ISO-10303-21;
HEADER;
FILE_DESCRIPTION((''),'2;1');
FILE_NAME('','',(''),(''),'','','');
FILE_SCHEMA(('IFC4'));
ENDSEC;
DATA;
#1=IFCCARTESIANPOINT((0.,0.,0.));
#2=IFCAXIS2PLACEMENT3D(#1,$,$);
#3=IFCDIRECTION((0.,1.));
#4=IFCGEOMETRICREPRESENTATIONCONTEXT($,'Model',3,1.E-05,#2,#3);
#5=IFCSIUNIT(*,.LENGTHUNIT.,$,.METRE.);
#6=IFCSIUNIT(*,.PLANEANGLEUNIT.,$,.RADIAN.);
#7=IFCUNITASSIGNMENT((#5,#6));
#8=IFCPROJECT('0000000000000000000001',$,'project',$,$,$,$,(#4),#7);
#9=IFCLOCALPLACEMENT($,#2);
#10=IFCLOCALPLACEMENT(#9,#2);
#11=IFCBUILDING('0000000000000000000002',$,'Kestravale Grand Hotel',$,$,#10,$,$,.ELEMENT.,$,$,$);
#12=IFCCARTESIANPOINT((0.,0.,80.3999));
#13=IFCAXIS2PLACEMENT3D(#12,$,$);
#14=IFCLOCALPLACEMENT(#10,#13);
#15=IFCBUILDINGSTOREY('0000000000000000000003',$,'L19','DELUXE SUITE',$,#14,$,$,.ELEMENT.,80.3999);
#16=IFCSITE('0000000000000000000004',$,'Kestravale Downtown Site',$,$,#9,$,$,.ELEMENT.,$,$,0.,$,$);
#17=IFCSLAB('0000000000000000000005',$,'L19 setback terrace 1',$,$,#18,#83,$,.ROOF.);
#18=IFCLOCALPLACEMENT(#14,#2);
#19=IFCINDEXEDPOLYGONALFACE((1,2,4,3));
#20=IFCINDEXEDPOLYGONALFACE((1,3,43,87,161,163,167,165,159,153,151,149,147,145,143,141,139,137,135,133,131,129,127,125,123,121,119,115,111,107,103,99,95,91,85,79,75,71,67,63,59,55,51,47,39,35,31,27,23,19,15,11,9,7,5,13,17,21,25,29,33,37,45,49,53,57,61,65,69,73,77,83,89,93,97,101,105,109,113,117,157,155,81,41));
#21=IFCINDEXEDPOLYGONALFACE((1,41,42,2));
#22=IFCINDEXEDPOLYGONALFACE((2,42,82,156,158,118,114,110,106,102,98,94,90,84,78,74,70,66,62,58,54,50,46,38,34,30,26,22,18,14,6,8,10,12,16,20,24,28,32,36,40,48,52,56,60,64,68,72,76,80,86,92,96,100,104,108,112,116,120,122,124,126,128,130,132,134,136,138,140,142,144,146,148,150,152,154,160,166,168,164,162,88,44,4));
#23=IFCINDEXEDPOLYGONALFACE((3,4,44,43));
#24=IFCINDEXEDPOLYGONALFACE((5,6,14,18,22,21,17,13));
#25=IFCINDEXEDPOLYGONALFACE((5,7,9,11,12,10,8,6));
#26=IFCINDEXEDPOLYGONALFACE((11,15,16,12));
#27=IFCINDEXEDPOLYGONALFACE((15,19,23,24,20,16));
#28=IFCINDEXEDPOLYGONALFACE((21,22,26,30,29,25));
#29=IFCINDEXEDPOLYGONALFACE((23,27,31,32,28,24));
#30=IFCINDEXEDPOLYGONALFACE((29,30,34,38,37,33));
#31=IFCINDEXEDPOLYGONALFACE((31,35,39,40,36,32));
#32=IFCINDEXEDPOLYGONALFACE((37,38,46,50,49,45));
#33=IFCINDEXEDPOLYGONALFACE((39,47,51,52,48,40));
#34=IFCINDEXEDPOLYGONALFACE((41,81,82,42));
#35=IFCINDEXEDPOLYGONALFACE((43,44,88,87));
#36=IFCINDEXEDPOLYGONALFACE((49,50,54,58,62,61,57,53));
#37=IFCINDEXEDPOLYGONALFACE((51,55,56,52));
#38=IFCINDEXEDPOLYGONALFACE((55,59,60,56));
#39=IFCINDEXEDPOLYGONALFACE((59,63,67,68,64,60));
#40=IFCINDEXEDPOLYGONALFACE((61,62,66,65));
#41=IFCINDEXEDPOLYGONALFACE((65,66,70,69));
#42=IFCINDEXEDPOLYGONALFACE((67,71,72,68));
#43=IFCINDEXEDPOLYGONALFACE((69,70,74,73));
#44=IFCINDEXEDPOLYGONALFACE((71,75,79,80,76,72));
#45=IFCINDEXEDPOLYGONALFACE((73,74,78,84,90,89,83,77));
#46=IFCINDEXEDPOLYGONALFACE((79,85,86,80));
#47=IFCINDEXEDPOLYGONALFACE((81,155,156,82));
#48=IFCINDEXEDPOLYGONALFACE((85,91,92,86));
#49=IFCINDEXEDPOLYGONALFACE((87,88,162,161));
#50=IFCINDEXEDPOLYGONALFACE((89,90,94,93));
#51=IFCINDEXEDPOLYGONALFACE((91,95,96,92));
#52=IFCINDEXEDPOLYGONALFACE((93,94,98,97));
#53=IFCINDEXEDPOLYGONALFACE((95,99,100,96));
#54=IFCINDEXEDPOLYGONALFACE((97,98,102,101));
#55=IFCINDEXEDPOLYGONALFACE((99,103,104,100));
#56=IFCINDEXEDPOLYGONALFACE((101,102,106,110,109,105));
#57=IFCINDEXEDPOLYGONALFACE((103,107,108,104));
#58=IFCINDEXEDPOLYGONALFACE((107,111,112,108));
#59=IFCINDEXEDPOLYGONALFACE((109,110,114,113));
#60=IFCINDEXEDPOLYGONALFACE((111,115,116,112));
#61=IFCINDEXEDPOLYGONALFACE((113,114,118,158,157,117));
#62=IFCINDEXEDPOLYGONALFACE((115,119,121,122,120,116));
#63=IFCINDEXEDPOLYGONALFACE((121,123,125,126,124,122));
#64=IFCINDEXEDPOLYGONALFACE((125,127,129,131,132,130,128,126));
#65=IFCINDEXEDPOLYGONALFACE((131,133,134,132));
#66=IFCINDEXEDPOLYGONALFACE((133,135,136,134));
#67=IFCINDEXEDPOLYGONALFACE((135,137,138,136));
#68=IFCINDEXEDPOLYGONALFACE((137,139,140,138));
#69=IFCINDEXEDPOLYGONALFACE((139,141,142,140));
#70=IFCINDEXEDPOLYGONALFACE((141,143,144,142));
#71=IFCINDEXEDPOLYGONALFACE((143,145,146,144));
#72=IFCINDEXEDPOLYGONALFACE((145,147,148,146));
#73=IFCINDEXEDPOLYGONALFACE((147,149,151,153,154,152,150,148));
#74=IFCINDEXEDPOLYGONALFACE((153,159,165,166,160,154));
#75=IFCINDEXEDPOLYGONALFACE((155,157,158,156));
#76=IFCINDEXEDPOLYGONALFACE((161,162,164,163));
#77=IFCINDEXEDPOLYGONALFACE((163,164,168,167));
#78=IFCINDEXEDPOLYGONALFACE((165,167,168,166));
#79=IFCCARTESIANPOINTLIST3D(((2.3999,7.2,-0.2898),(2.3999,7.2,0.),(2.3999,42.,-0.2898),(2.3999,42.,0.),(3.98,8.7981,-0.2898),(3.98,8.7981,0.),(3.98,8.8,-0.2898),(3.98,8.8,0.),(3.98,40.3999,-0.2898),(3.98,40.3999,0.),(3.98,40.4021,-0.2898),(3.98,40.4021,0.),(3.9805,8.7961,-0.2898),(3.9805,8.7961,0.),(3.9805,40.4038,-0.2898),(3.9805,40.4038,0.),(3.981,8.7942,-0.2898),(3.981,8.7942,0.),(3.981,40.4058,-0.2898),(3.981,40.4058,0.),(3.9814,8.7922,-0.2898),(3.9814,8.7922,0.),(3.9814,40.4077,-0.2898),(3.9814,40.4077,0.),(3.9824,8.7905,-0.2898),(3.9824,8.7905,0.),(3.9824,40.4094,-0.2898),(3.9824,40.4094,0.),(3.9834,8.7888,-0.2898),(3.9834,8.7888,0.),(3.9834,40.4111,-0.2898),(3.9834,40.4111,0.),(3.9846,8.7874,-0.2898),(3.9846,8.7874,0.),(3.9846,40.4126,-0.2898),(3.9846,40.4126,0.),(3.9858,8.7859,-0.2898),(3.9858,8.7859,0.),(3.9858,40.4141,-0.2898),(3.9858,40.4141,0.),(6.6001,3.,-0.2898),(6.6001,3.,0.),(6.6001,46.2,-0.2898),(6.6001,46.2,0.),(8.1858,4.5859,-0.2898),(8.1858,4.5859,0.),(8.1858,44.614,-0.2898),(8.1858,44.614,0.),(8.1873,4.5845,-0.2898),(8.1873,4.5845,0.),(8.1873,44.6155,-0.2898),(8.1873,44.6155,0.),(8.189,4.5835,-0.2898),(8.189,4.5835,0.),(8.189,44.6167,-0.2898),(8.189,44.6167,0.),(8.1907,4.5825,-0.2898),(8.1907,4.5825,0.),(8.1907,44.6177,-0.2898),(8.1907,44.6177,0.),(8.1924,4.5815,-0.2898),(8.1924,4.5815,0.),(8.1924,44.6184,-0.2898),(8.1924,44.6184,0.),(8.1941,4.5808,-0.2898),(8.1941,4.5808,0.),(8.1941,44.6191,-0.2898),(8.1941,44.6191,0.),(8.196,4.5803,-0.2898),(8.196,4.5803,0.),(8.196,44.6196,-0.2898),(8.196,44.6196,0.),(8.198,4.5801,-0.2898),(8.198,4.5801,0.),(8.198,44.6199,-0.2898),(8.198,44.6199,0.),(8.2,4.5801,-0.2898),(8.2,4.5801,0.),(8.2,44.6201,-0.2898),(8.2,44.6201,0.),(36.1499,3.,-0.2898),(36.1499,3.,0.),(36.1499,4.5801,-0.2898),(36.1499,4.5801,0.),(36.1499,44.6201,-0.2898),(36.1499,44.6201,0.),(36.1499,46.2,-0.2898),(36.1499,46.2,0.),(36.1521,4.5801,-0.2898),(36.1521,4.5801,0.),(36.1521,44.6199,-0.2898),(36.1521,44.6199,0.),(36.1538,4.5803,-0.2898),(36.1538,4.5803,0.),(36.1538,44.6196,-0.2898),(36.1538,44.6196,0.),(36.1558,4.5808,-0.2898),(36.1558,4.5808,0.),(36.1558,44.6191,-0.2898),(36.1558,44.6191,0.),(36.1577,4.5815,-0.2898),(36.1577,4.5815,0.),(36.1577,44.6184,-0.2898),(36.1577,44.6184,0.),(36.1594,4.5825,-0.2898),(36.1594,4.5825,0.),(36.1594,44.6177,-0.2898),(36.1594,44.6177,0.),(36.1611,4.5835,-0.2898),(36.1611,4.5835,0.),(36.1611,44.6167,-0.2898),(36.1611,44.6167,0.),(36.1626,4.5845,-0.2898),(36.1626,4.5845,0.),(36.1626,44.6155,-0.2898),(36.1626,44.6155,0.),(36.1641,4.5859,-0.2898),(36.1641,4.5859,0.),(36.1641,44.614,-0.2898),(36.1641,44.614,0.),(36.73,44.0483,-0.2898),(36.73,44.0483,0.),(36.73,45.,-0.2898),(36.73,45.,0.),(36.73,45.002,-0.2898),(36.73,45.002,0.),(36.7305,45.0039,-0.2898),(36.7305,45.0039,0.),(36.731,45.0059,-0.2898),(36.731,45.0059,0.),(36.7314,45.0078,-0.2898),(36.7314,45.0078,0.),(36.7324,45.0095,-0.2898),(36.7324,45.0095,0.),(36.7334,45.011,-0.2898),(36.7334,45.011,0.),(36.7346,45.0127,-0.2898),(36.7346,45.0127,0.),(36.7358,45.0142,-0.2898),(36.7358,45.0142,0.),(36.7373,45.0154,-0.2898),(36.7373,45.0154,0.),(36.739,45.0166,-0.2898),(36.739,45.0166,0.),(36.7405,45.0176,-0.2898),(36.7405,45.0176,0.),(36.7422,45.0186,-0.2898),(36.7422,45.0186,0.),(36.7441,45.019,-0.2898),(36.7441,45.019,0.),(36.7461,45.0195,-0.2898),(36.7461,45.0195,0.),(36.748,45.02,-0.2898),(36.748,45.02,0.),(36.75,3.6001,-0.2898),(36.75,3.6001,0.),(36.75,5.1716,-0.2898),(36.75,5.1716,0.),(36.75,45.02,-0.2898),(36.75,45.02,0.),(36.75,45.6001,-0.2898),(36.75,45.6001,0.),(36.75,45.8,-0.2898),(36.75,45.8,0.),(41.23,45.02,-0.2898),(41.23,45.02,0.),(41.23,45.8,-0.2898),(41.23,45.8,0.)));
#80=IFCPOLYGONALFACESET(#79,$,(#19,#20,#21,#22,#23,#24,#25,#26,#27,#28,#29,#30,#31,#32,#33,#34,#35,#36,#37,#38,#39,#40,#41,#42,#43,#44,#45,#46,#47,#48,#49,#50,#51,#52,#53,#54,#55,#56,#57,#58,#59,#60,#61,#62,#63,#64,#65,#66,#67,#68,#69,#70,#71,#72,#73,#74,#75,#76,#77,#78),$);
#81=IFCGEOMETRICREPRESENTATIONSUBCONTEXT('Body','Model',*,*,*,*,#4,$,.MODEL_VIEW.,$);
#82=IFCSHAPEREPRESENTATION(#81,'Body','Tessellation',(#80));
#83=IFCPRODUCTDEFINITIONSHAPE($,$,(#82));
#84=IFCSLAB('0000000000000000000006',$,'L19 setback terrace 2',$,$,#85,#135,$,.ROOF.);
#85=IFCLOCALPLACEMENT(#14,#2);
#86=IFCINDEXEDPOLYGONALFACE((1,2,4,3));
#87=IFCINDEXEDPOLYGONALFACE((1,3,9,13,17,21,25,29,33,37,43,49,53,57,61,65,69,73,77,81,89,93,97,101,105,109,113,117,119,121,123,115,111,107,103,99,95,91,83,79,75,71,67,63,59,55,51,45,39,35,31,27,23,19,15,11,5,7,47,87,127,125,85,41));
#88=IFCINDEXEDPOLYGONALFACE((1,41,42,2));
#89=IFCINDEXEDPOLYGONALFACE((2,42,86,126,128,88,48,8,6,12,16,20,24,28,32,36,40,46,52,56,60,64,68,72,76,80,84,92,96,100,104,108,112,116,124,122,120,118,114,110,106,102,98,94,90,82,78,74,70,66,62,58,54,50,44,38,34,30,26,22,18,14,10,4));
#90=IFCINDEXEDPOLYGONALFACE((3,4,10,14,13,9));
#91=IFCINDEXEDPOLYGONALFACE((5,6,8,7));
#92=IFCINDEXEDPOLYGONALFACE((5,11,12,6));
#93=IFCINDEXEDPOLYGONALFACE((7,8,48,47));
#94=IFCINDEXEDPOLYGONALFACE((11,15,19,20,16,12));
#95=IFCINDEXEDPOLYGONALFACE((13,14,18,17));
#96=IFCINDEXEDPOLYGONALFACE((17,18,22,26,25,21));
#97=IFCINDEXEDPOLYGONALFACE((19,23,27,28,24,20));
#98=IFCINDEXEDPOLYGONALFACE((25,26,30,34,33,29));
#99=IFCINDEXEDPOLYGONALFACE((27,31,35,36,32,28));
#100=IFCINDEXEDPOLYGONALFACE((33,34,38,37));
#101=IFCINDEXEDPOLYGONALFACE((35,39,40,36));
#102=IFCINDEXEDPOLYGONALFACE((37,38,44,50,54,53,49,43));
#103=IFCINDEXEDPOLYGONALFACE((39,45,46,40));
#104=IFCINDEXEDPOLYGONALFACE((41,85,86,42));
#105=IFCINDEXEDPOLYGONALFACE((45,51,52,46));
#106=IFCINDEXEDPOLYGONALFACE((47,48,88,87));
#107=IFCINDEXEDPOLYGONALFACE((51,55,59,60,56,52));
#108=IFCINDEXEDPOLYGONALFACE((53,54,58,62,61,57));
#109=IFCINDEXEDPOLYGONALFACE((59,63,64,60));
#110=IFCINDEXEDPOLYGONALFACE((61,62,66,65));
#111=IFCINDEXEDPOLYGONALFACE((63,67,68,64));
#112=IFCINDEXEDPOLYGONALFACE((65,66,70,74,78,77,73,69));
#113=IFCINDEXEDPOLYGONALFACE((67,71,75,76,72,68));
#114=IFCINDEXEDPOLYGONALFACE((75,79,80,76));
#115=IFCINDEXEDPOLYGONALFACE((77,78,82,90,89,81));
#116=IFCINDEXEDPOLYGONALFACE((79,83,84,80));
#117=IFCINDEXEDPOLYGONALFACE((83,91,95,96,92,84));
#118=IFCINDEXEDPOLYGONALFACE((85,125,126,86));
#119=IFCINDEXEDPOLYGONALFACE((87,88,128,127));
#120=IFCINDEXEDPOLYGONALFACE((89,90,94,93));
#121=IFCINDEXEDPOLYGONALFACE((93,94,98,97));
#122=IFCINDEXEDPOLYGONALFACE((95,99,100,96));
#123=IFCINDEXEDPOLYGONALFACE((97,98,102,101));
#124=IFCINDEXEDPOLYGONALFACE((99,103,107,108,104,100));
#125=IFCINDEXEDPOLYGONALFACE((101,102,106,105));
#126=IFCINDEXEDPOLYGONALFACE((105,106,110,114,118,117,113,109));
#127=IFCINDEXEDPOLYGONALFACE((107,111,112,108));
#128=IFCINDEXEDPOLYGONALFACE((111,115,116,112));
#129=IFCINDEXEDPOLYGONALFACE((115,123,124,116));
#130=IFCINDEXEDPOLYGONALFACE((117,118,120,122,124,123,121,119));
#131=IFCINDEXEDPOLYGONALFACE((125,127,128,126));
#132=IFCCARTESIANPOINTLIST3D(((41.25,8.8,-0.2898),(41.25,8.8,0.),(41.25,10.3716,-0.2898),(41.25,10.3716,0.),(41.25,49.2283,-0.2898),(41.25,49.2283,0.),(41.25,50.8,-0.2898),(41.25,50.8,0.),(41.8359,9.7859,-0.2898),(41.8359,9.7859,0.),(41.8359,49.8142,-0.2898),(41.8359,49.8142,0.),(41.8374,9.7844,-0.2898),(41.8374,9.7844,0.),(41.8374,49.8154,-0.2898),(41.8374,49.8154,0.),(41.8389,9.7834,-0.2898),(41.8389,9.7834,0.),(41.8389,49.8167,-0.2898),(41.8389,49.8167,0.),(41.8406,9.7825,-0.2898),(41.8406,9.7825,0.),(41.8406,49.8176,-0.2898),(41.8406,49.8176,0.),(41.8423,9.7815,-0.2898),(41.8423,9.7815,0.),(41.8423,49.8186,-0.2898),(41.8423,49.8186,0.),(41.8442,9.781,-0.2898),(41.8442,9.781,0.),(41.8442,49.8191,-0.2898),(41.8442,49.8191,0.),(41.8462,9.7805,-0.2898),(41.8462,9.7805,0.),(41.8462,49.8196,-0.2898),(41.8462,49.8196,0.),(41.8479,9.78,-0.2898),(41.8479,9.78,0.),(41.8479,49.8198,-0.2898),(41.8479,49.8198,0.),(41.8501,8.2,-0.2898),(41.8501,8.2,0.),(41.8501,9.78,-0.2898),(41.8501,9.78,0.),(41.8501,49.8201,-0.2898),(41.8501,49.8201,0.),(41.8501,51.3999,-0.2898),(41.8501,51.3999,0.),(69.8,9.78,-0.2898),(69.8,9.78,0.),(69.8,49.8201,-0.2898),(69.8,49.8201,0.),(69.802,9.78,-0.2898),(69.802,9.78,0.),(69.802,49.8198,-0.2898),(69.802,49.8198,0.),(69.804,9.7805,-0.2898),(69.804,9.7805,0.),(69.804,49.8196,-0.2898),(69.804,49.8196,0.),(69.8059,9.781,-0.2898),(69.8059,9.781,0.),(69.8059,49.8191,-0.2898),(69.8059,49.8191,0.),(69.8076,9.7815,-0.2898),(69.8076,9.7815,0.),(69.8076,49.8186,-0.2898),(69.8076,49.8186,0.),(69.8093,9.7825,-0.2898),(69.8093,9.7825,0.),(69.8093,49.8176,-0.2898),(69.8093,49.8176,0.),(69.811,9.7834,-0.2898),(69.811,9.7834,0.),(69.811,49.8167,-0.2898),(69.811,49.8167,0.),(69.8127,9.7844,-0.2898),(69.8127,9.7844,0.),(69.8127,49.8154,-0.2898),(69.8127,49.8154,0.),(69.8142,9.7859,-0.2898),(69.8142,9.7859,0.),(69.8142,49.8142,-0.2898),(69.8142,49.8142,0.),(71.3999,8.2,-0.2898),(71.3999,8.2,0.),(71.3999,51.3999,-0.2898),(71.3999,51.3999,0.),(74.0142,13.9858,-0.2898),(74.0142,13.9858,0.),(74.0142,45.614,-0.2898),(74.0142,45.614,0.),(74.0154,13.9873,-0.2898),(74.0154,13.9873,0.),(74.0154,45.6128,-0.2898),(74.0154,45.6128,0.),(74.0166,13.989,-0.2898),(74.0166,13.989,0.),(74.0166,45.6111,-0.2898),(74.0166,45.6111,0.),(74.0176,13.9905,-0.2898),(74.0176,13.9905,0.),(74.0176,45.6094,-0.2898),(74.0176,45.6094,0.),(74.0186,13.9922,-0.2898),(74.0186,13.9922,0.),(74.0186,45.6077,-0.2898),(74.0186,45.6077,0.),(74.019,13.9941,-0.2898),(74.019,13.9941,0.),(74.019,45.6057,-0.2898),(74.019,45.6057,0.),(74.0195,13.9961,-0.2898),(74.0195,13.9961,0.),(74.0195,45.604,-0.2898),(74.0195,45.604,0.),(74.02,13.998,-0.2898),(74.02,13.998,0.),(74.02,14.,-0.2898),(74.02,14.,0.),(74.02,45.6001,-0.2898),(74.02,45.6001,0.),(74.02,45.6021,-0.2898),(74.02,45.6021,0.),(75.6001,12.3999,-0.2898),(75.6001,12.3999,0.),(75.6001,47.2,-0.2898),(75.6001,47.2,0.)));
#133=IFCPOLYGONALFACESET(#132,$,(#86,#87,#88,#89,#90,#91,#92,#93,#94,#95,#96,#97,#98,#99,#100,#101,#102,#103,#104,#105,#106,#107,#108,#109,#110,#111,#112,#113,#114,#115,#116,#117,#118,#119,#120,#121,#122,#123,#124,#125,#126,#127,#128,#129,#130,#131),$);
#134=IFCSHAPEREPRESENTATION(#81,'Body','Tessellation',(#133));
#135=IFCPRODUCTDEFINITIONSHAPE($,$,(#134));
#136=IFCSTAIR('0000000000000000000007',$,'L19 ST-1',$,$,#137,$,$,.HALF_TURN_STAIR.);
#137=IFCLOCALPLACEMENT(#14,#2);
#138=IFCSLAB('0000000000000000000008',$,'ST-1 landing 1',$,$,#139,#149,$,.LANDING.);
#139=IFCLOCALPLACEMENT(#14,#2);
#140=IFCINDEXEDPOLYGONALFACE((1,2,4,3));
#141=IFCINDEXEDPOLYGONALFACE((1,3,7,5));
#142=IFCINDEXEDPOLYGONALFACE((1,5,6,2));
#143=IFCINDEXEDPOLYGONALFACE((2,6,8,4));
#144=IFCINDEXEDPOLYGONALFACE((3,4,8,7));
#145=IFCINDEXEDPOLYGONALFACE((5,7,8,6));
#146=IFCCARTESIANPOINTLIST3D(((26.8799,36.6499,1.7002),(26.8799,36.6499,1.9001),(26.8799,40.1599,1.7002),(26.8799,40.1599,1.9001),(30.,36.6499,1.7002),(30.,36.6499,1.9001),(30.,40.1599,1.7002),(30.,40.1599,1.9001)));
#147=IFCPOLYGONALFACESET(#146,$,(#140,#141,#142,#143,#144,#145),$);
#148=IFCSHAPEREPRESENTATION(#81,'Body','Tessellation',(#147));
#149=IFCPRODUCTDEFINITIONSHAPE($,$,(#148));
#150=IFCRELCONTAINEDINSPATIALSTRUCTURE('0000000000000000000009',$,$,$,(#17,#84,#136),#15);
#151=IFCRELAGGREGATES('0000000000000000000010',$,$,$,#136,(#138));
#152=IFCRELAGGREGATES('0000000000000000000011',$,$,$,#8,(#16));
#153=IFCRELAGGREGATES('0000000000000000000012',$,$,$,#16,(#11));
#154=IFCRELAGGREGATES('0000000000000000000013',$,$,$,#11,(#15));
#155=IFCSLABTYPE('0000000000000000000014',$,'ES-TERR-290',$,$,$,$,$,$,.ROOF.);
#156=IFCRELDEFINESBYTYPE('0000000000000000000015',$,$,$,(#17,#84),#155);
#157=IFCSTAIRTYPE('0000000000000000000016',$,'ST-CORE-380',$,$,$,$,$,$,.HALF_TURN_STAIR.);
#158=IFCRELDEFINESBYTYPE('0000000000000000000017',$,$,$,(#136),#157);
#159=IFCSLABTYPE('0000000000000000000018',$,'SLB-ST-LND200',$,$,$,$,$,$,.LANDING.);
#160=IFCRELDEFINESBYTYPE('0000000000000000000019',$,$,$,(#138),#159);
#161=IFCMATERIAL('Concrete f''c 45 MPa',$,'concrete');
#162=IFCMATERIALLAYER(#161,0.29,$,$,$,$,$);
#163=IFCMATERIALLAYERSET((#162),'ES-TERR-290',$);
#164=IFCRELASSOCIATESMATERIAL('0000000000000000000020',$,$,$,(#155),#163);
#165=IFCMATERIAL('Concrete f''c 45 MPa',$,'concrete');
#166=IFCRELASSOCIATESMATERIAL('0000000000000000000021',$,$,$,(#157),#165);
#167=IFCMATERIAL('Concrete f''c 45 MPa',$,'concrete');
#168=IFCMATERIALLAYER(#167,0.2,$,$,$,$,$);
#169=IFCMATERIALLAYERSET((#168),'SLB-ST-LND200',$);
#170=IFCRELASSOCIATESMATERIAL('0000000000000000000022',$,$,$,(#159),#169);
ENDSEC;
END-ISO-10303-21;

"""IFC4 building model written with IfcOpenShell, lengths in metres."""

from ifc_helpers import new_model, si_unit, direction, frame, origin, place, context, subcontext, project, spatial, polyline, outline, extrude, material, layer, layer_set, type_object, element, aggregate, save


model = new_model("IFC4")

# Units and contexts
model_context = context("Model", 3, precision=1e-05, world=origin(), true_north=direction((0.0, 1.0)))
body_context = subcontext(model_context, "Body", "Model", "MODEL_VIEW")
ifc_project = project(units=[si_unit("LENGTHUNIT", "METRE"), si_unit("PLANEANGLEUNIT", "RADIAN")], contexts=[model_context])

# Site, building, storey
site_placement = place(None, origin())
site = spatial("IfcSite", under=ifc_project, at=site_placement, Name="Kestravale Downtown Site", CompositionType="ELEMENT", RefElevation=0.0)
building_placement = place(site_placement, origin())
building = spatial("IfcBuilding", under=site, at=building_placement, Name="Kestravale Grand Hotel", CompositionType="ELEMENT")
storey_placement = place(building_placement, frame((0.0, 0.0, 80.3999)))
storey = spatial("IfcBuildingStorey", under=building, at=storey_placement, Name="L19", Description="DELUXE SUITE", CompositionType="ELEMENT", Elevation=80.3999)

# Slabs
ifc_material_1 = material(Name="Concrete f'c 45 MPa", Category="concrete")
ifc_layer_1 = layer(ifc_material_1, 0.29)
ifc_layer_set_1 = layer_set([ifc_layer_1], Name="ES-TERR-290")
slab_type_1 = type_object("IfcSlabType", Name="ES-TERR-290", PredefinedType="ROOF", material=ifc_layer_set_1)
slab_1_placement = place(storey_placement, frame((0.0, 0.0, -0.2898)))
element("IfcSlab", 1, at=slab_1_placement, inside=storey, type_object=slab_type_1, Name="L19 setback terrace 1", PredefinedType="ROOF", context=body_context, shape_type="SweptSolid", body=[
    extrude(outline(polyline([(36.75, 3.6001), (36.1499, 3.0), (6.6001, 3.0), (2.3999, 7.2), (2.3999, 42.0), (6.6001, 46.2), (36.1499, 46.2), (36.75, 45.6001), (36.75, 45.8), (41.23, 45.8), (41.23, 45.02), (36.75, 45.02), (36.748, 45.02), (36.7461, 45.0195), (36.7441, 45.019), (36.7422, 45.0186), (36.7405, 45.0176), (36.739, 45.0166), (36.7373, 45.0154), (36.7358, 45.0142), (36.7346, 45.0127), (36.7334, 45.011), (36.7324, 45.0095), (36.7314, 45.0078), (36.731, 45.0059), (36.7305, 45.0039), (36.73, 45.002), (36.73, 45.0), (36.73, 44.0483), (36.1641, 44.614), (36.1626, 44.6155), (36.1611, 44.6167), (36.1594, 44.6177), (36.1577, 44.6184), (36.1558, 44.6191), (36.1538, 44.6196), (36.1521, 44.6199), (36.1499, 44.6201), (8.2, 44.6201), (8.198, 44.6199), (8.196, 44.6196), (8.1941, 44.6191), (8.1924, 44.6184), (8.1907, 44.6177), (8.189, 44.6167), (8.1873, 44.6155), (8.1858, 44.614), (3.9858, 40.4141), (3.9846, 40.4126), (3.9834, 40.4111), (3.9824, 40.4094), (3.9814, 40.4077), (3.981, 40.4058), (3.9805, 40.4038), (3.98, 40.4021), (3.98, 40.3999), (3.98, 8.8), (3.98, 8.7981), (3.9805, 8.7961), (3.981, 8.7942), (3.9814, 8.7922), (3.9824, 8.7905), (3.9834, 8.7888), (3.9846, 8.7874), (3.9858, 8.7859), (8.1858, 4.5859), (8.1873, 4.5845), (8.189, 4.5835), (8.1907, 4.5825), (8.1924, 4.5815), (8.1941, 4.5808), (8.196, 4.5803), (8.198, 4.5801), (8.2, 4.5801), (36.1499, 4.5801), (36.1521, 4.5801), (36.1538, 4.5803), (36.1558, 4.5808), (36.1577, 4.5815), (36.1594, 4.5825), (36.1611, 4.5835), (36.1626, 4.5845), (36.1641, 4.5859), (36.75, 5.1716), (36.75, 3.6001)])), origin(), (0.0, 0.0, 1.0), 0.2898),
])
slab_2_placement = place(storey_placement, frame((0.0, 0.0, -0.2898)))
element("IfcSlab", 2, at=slab_2_placement, inside=storey, type_object=slab_type_1, Name="L19 setback terrace 2", PredefinedType="ROOF", context=body_context, shape_type="SweptSolid", body=[
    extrude(outline(polyline([(41.25, 50.8), (41.8501, 51.3999), (71.3999, 51.3999), (75.6001, 47.2), (75.6001, 12.3999), (71.3999, 8.2), (41.8501, 8.2), (41.25, 8.8), (41.25, 10.3716), (41.8359, 9.7859), (41.8374, 9.7844), (41.8389, 9.7834), (41.8406, 9.7825), (41.8423, 9.7815), (41.8442, 9.781), (41.8462, 9.7805), (41.8479, 9.78), (41.8501, 9.78), (69.8, 9.78), (69.802, 9.78), (69.804, 9.7805), (69.8059, 9.781), (69.8076, 9.7815), (69.8093, 9.7825), (69.811, 9.7834), (69.8127, 9.7844), (69.8142, 9.7859), (74.0142, 13.9858), (74.0154, 13.9873), (74.0166, 13.989), (74.0176, 13.9905), (74.0186, 13.9922), (74.019, 13.9941), (74.0195, 13.9961), (74.02, 13.998), (74.02, 14.0), (74.02, 45.6001), (74.02, 45.6021), (74.0195, 45.604), (74.019, 45.6057), (74.0186, 45.6077), (74.0176, 45.6094), (74.0166, 45.6111), (74.0154, 45.6128), (74.0142, 45.614), (69.8142, 49.8142), (69.8127, 49.8154), (69.811, 49.8167), (69.8093, 49.8176), (69.8076, 49.8186), (69.8059, 49.8191), (69.804, 49.8196), (69.802, 49.8198), (69.8, 49.8201), (41.8501, 49.8201), (41.8479, 49.8198), (41.8462, 49.8196), (41.8442, 49.8191), (41.8423, 49.8186), (41.8406, 49.8176), (41.8389, 49.8167), (41.8374, 49.8154), (41.8359, 49.8142), (41.25, 49.2283), (41.25, 50.8)])), origin(), (0.0, 0.0, 1.0), 0.2898),
])

# Stair, slab
ifc_material_2 = material(Name="Concrete f'c 45 MPa", Category="concrete")
stair_type = type_object("IfcStairType", Name="ST-CORE-380", PredefinedType="HALF_TURN_STAIR", material=ifc_material_2)
stair_1_placement = place(storey_placement, origin())
stair_1 = element("IfcStair", 3, at=stair_1_placement, inside=storey, type_object=stair_type, Name="L19 ST-1", PredefinedType="HALF_TURN_STAIR")
ifc_material_3 = material(Name="Concrete f'c 45 MPa", Category="concrete")
ifc_layer_2 = layer(ifc_material_3, 0.2)
ifc_layer_set_2 = layer_set([ifc_layer_2], Name="SLB-ST-LND200")
slab_type_2 = type_object("IfcSlabType", Name="SLB-ST-LND200", PredefinedType="LANDING", material=ifc_layer_set_2)
slab_3_placement = place(storey_placement, frame((0.0, 0.0, 1.7002)))
slab_3 = element("IfcSlab", 4, at=slab_3_placement, type_object=slab_type_2, Name="ST-1 landing 1", PredefinedType="LANDING", context=body_context, shape_type="SweptSolid", body=[
    extrude(outline(polyline([(26.8799, 36.6499), (30.0, 36.6499), (30.0, 40.1599), (26.8799, 40.1599), (26.8799, 36.6499)])), origin(), (0.0, 0.0, 1.0), 0.2),
])
aggregate(stair_1, [slab_3])

save(model, "model.ifc")
